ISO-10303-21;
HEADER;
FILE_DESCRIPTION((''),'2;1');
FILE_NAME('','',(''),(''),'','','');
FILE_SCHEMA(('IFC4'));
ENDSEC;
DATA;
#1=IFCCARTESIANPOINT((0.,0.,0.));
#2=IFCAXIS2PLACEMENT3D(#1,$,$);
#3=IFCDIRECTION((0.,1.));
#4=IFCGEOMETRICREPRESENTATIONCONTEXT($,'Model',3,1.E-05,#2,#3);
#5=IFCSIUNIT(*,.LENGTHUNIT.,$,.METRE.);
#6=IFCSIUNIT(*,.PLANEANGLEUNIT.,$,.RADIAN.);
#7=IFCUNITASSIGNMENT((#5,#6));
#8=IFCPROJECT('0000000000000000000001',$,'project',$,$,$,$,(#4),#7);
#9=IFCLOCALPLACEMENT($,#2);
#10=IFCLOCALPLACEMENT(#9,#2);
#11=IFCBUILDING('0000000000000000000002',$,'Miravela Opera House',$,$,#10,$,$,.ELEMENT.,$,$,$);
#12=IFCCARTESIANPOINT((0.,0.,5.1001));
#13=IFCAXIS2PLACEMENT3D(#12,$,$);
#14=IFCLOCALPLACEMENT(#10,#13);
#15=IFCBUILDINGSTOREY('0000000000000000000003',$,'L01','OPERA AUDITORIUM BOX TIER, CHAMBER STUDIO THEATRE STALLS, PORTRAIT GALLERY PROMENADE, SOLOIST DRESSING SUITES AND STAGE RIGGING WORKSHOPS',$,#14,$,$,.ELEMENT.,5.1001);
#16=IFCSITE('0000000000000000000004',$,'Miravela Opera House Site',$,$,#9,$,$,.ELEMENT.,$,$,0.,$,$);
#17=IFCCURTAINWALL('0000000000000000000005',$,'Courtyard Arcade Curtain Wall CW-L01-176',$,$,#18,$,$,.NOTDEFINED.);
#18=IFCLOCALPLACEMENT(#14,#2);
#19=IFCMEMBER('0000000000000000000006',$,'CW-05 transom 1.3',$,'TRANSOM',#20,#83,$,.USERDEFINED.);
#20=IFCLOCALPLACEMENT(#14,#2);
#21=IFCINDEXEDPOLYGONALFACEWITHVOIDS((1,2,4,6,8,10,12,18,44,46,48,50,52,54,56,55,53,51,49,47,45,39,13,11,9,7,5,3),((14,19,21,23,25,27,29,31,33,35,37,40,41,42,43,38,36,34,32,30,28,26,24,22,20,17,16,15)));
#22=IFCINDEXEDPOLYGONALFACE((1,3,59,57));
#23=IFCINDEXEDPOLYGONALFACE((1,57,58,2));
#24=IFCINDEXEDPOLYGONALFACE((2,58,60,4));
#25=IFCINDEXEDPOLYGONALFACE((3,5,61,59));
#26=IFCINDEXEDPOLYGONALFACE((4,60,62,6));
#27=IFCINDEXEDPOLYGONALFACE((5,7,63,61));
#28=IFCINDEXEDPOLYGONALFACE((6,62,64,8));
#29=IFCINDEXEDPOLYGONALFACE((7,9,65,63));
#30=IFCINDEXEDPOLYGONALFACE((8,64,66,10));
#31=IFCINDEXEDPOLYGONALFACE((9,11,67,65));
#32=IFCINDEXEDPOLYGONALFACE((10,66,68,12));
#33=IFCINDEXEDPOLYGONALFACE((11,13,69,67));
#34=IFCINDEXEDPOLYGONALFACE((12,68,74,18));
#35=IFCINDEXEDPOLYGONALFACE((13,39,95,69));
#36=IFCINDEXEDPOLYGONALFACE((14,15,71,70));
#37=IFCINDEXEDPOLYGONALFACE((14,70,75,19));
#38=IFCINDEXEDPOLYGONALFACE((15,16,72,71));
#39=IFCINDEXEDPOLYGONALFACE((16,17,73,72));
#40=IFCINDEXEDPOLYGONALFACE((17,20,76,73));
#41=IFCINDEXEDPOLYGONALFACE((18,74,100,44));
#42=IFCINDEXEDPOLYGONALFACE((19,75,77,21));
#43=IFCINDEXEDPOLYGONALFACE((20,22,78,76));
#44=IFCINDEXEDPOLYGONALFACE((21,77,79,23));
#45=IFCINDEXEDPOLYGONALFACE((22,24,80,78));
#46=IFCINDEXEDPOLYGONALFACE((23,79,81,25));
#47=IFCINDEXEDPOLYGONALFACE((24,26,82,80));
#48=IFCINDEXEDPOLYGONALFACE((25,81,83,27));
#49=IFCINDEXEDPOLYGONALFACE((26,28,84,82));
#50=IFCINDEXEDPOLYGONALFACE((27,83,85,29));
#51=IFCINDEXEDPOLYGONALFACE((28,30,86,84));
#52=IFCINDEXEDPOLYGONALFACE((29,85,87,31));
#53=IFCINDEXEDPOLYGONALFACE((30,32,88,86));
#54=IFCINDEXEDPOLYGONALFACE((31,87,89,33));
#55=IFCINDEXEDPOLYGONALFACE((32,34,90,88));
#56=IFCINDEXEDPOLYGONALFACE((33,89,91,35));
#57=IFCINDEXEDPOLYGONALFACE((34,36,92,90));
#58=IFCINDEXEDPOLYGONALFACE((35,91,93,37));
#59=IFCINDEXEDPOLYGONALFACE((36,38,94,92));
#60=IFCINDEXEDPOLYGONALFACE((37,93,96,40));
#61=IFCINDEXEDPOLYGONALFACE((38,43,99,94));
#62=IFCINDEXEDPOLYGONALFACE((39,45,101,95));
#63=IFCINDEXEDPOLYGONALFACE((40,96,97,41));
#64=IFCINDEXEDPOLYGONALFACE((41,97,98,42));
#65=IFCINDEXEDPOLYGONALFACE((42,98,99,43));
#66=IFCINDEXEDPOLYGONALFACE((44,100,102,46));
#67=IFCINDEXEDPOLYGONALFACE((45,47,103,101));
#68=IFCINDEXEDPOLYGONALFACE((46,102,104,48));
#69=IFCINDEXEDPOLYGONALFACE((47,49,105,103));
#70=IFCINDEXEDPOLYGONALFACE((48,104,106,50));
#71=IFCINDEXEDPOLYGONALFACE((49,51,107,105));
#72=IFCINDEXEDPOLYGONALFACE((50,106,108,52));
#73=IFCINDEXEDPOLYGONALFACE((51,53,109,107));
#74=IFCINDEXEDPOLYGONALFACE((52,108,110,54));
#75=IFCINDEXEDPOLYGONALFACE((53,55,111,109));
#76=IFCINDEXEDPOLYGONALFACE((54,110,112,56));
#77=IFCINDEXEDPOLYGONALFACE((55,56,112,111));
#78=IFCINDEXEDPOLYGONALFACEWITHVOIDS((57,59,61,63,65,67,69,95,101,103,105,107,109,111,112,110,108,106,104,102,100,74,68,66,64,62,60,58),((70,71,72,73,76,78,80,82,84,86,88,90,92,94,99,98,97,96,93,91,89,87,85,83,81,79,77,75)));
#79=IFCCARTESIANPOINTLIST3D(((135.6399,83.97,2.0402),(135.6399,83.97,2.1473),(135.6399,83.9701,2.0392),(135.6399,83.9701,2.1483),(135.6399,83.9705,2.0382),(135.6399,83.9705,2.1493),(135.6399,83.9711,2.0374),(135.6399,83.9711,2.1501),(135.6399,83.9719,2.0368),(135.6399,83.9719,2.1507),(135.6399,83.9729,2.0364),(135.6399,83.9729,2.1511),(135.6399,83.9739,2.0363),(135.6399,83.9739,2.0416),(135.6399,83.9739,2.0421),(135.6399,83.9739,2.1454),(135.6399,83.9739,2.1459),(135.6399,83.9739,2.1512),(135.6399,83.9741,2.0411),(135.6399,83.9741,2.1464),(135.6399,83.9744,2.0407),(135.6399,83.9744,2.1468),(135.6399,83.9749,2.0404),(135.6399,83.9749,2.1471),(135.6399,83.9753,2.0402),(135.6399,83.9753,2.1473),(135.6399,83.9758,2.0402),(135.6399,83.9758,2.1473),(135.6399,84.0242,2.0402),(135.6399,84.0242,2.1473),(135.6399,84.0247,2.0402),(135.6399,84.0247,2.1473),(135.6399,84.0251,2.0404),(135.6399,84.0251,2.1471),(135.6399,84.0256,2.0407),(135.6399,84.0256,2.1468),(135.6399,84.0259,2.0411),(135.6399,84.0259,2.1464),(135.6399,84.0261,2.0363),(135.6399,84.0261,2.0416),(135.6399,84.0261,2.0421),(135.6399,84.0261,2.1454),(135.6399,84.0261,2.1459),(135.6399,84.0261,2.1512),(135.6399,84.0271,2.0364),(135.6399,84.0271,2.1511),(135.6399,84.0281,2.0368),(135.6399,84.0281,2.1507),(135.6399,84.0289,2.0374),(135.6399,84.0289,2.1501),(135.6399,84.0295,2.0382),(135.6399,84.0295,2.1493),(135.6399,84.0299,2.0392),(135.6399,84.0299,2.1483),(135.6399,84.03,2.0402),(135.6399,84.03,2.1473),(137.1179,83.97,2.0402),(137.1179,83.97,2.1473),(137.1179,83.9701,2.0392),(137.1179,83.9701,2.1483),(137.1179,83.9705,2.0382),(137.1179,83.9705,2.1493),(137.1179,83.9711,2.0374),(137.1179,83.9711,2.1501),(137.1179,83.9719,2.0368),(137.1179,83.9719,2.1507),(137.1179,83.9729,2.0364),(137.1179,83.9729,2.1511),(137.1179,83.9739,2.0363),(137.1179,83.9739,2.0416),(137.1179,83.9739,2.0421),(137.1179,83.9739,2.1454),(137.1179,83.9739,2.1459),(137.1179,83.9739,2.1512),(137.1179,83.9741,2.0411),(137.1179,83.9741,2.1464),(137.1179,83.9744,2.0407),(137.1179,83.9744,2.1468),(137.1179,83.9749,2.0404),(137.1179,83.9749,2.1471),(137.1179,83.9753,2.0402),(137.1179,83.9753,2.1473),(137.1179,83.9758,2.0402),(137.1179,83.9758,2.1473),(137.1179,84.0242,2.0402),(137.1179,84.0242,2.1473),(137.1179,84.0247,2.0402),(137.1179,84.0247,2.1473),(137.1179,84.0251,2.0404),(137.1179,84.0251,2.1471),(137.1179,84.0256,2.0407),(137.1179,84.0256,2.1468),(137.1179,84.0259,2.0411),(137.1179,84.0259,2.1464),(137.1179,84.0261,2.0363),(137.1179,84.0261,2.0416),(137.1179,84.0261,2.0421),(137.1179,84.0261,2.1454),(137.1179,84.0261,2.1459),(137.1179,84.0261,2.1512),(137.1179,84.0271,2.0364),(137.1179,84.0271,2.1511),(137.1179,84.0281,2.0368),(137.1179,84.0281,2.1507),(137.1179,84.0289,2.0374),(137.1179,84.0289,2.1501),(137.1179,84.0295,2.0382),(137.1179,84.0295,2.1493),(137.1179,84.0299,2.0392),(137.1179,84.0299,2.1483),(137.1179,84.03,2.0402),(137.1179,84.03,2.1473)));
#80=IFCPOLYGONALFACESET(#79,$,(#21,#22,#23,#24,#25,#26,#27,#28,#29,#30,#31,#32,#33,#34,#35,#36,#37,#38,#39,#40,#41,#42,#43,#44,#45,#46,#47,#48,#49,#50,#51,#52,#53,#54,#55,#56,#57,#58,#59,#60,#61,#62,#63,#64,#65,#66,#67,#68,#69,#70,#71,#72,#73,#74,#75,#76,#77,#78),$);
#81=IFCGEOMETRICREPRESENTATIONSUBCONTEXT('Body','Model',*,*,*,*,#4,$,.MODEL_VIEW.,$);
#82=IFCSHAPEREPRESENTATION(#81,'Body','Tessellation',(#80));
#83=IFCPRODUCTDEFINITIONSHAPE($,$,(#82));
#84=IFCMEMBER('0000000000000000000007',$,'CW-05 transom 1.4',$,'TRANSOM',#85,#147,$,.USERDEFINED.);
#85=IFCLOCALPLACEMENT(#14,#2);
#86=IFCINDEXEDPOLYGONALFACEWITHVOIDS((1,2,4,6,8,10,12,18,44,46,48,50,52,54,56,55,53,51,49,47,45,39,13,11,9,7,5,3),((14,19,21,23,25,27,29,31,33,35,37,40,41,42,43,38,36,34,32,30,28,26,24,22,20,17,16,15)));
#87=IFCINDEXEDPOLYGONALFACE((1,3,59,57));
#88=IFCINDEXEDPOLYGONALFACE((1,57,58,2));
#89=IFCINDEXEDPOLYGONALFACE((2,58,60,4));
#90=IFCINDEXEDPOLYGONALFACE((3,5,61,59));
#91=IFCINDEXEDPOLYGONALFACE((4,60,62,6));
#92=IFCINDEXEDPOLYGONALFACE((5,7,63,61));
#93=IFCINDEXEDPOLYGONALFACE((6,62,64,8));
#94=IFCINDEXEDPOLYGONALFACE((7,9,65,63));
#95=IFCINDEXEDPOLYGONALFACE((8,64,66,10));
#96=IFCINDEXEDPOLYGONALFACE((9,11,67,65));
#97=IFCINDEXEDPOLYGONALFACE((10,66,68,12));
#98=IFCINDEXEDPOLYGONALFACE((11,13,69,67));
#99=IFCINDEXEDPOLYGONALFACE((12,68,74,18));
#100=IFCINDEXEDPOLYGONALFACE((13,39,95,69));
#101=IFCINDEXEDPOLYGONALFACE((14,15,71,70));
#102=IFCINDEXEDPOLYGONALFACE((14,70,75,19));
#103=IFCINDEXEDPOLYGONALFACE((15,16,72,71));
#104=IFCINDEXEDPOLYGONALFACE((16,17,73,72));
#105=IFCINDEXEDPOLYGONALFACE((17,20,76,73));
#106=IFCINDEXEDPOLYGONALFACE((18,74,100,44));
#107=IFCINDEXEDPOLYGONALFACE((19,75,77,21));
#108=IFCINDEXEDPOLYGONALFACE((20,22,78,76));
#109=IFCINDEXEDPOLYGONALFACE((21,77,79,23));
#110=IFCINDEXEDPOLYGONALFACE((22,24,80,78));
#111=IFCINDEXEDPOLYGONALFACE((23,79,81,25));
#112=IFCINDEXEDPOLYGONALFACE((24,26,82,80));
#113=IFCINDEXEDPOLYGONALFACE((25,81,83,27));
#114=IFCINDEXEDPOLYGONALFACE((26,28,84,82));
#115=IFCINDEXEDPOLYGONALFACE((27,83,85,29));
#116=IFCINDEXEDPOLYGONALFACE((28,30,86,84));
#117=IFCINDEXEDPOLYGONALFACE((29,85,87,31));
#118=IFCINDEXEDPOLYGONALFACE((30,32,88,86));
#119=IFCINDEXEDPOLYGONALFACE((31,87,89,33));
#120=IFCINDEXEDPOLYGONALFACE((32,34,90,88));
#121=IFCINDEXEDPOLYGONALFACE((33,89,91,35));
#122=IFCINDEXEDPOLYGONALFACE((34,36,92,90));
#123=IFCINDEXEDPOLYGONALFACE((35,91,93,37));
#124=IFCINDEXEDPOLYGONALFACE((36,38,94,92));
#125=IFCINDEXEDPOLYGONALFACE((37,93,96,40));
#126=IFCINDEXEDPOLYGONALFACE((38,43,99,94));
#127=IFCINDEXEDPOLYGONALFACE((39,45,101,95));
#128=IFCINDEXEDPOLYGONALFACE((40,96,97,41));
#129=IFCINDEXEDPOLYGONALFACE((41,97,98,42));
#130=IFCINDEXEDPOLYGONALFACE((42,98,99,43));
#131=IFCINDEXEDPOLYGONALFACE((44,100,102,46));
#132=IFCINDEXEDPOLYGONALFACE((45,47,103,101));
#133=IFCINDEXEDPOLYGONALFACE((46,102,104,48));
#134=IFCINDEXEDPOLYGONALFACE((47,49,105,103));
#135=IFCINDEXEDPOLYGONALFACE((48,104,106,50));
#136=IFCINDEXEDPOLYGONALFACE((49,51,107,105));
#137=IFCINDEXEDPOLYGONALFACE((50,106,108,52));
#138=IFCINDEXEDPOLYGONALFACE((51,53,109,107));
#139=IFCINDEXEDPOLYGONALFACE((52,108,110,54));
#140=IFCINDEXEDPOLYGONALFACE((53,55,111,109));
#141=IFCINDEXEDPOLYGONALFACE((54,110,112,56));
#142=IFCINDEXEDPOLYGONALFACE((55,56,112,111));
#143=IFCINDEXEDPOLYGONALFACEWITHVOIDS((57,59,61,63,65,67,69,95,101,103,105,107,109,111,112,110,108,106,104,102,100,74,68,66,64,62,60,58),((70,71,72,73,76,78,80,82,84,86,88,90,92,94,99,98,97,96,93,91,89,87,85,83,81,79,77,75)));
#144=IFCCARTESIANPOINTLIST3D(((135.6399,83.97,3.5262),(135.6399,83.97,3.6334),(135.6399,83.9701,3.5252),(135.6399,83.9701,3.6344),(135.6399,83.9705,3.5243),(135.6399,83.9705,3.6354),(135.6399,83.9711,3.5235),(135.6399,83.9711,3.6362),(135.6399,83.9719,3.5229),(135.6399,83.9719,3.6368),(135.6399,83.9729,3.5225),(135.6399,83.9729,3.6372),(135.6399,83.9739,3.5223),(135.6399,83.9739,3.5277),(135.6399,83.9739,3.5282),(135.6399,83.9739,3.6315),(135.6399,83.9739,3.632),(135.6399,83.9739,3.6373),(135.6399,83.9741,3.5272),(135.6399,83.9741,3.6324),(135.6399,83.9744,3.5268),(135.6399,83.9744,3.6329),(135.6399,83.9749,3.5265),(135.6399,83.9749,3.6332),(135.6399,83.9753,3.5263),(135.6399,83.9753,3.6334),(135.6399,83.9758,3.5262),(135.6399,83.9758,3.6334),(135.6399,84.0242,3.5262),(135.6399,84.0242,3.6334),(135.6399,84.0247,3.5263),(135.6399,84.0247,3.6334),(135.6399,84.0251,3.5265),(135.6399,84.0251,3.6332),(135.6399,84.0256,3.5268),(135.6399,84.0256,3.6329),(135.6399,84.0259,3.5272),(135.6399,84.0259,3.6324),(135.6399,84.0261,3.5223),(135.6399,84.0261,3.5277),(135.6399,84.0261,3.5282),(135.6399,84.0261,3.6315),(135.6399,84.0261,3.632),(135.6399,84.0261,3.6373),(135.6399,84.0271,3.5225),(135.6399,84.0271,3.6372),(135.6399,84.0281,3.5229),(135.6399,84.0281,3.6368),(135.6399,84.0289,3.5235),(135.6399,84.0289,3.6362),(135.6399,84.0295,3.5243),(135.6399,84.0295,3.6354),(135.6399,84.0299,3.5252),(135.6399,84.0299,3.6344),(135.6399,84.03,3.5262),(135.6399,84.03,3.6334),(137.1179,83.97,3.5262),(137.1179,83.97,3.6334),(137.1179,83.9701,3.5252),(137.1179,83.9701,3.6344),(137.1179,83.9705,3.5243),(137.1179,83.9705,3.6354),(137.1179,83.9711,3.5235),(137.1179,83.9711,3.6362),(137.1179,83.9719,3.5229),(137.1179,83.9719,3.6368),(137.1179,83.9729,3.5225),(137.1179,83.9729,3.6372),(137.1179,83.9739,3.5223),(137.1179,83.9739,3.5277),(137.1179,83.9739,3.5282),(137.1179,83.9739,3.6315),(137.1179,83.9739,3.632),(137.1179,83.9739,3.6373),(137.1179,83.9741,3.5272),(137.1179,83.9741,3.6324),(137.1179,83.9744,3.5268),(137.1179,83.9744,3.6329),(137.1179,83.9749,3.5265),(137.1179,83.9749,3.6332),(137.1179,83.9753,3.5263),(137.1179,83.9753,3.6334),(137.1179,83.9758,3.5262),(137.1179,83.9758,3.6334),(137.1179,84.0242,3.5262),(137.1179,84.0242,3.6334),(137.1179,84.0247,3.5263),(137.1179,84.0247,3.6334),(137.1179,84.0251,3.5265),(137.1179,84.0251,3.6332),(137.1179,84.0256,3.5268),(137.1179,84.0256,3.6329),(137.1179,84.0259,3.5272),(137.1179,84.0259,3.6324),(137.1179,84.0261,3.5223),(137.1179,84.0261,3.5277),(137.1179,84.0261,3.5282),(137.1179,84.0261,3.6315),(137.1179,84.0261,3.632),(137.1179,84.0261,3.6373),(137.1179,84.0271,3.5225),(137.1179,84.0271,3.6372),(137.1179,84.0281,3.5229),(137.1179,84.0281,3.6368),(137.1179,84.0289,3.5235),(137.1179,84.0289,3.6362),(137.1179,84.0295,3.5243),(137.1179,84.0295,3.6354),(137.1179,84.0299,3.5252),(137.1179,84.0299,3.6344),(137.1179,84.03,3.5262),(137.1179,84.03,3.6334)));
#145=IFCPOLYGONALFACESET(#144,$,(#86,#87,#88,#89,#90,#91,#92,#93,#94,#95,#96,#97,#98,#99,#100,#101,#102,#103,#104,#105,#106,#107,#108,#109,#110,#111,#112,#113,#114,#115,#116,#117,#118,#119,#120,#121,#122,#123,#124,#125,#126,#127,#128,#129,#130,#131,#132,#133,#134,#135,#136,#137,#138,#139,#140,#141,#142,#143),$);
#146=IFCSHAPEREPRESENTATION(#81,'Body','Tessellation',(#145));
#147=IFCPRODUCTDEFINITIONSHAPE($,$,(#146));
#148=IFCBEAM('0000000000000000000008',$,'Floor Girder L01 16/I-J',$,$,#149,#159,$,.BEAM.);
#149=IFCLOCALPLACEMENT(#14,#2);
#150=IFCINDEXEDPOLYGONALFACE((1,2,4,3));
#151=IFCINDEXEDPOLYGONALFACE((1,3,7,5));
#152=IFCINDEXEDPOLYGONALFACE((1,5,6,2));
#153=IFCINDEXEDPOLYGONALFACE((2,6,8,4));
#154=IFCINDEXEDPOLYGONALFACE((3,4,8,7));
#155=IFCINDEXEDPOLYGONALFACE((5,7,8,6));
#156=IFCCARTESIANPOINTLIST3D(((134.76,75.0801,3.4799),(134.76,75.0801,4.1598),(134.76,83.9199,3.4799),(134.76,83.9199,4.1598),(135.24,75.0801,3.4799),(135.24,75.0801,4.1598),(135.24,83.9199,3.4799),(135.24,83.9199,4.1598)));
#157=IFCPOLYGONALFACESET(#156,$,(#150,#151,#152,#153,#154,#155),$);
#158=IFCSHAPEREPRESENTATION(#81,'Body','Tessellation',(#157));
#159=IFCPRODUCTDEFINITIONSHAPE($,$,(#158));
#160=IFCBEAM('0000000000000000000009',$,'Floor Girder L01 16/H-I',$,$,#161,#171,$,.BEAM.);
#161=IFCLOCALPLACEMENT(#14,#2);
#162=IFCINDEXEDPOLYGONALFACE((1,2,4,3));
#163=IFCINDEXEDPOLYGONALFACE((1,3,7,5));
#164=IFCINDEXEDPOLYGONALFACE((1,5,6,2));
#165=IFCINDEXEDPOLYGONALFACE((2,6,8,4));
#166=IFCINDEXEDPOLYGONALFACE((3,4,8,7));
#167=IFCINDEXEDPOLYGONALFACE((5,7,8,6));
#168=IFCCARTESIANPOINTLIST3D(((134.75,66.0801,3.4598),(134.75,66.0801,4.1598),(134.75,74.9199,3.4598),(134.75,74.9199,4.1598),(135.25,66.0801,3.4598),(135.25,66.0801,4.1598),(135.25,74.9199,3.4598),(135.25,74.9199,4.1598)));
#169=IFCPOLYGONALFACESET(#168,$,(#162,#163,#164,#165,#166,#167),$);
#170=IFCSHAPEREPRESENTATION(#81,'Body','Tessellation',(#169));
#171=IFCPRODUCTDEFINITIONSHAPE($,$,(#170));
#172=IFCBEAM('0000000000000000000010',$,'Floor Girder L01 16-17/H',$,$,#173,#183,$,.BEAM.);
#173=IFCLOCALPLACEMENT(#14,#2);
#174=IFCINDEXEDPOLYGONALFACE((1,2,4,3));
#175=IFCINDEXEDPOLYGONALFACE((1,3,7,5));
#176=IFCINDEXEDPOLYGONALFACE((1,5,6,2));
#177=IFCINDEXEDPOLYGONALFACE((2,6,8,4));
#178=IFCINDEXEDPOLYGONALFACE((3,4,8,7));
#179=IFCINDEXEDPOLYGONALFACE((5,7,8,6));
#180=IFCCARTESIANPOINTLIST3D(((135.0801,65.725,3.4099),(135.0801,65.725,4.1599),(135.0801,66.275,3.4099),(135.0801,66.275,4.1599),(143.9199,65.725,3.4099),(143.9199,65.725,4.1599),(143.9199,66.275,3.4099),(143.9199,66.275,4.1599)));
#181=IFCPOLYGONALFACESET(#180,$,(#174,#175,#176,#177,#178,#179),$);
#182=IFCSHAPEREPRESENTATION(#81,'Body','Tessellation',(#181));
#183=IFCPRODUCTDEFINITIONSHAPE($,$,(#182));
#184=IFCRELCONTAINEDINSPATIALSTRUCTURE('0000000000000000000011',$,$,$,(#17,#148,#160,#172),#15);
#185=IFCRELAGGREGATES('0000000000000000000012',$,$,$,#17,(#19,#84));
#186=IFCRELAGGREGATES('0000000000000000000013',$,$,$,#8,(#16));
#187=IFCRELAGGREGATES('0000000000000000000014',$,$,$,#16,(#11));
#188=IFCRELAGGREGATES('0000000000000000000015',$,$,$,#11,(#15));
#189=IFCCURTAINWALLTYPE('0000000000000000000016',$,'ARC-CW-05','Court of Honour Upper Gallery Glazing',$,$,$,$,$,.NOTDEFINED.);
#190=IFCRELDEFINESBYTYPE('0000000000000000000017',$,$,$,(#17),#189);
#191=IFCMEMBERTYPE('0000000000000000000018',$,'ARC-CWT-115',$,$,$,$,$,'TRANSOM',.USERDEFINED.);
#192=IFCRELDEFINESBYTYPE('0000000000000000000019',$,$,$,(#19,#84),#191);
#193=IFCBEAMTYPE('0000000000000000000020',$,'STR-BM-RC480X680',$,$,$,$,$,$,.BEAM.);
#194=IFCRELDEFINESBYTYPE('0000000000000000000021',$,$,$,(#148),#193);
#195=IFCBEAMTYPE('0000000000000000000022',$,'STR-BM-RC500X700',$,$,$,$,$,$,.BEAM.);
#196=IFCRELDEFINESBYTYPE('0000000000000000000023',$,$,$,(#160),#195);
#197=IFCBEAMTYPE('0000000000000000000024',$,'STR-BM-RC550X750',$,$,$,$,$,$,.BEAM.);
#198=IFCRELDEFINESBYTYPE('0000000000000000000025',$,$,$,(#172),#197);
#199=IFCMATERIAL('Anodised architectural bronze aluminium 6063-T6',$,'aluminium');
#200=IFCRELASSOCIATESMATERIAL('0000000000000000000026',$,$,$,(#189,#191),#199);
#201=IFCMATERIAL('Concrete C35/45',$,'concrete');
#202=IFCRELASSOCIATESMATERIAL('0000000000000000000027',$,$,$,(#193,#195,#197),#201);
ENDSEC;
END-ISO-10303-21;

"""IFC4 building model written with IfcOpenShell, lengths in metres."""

from ifc_helpers import new_model, si_unit, direction, frame, origin, origin_2d, place, context, subcontext, project, spatial, rectangle, hollow_rectangle, extrude, material, material_profile, profile_set, type_object, element, aggregate, save


model = new_model("IFC4")

# Units and contexts
model_context = context("Model", 3, precision=1e-05, world=origin(), true_north=direction((0.0, 1.0)))
body_context = subcontext(model_context, "Body", "Model", "MODEL_VIEW")
ifc_project = project(units=[si_unit("LENGTHUNIT", "METRE"), si_unit("PLANEANGLEUNIT", "RADIAN")], contexts=[model_context])

# Site, building, storey
site_placement = place(None, origin())
site = spatial("IfcSite", under=ifc_project, at=site_placement, Name="Miravela Opera House Site", CompositionType="ELEMENT", RefElevation=0.0)
building_placement = place(site_placement, origin())
building = spatial("IfcBuilding", under=site, at=building_placement, Name="Miravela Opera House", CompositionType="ELEMENT")
storey_placement = place(building_placement, frame((0.0, 0.0, 5.1001)))
storey = spatial("IfcBuildingStorey", under=building, at=storey_placement, Name="L01", Description="OPERA AUDITORIUM BOX TIER, CHAMBER STUDIO THEATRE STALLS, PORTRAIT GALLERY PROMENADE, SOLOIST DRESSING SUITES AND STAGE RIGGING WORKSHOPS", CompositionType="ELEMENT", Elevation=5.1001)

# Shared definitions
ifc_material_1 = material(Name="Concrete C35/45", Category="concrete")

# Shared definitions
ifc_material_2 = material(Name="Anodised architectural bronze aluminium 6063-T6", Category="aluminium")
curtain_wall_type = type_object("IfcCurtainWallType", Name="ARC-CW-05", Description="Court of Honour Upper Gallery Glazing", PredefinedType="NOTDEFINED", material=ifc_material_2)

# Curtain wall, members
curtain_wall_1_placement = place(storey_placement, origin())
curtain_wall_1 = element("IfcCurtainWall", 1, at=curtain_wall_1_placement, inside=storey, type_object=curtain_wall_type, Name="Courtyard Arcade Curtain Wall CW-L01-176", PredefinedType="NOTDEFINED")
ifc_material_profile_1 = material_profile(ifc_material_2, hollow_rectangle(XDim=0.0601, YDim=0.115, WallThickness=0.0039, InnerFilletRadius=0.002, OuterFilletRadius=0.0039, at=origin_2d()), Name="CWT-60X115")
ifc_profile_set_1 = profile_set([ifc_material_profile_1])
member_type_1 = type_object("IfcMemberType", Name="ARC-CWT-115", ElementType="TRANSOM", PredefinedType="USERDEFINED", material=ifc_profile_set_1)
member_1_placement = place(storey_placement, frame((135.6399, 84.0, 2.0938), z_axis=(1.0, 0.0, 0.0), x_axis=(0.0, 1.0, 0.0)))
member_1 = element("IfcMember", 2, at=member_1_placement, type_object=member_type_1, Name="CW-05 transom 1.3", ObjectType="TRANSOM", PredefinedType="USERDEFINED", context=body_context, shape_type="SweptSolid", body=[
    extrude(hollow_rectangle(XDim=0.0601, YDim=0.115, WallThickness=0.0039, InnerFilletRadius=0.002, OuterFilletRadius=0.0039, at=origin_2d()), origin(), (0.0, 0.0, 1.0), 1.478),
])
member_2_placement = place(storey_placement, frame((135.6399, 84.0, 3.5798), z_axis=(1.0, 0.0, 0.0), x_axis=(0.0, 1.0, 0.0)))
member_2 = element("IfcMember", 3, at=member_2_placement, type_object=member_type_1, Name="CW-05 transom 1.4", ObjectType="TRANSOM", PredefinedType="USERDEFINED", context=body_context, shape_type="SweptSolid", body=[
    extrude(hollow_rectangle(XDim=0.0601, YDim=0.115, WallThickness=0.0039, InnerFilletRadius=0.002, OuterFilletRadius=0.0039, at=origin_2d()), origin(), (0.0, 0.0, 1.0), 1.478),
])

# Beams
ifc_material_profile_2 = material_profile(ifc_material_1, rectangle(XDim=0.48, YDim=0.6799, at=origin_2d()), Name="RC-BM-480X680")
ifc_profile_set_2 = profile_set([ifc_material_profile_2])
beam_type_1 = type_object("IfcBeamType", Name="STR-BM-RC480X680", PredefinedType="BEAM", material=ifc_profile_set_2)
beam_1_placement = place(storey_placement, frame((135.0, 75.0801, 3.8198), z_axis=(0.0, 1.0, 0.0), x_axis=(-1.0, 0.0, 0.0)))
element("IfcBeam", 4, at=beam_1_placement, inside=storey, type_object=beam_type_1, Name="Floor Girder L01 16/I-J", PredefinedType="BEAM", context=body_context, shape_type="SweptSolid", body=[
    extrude(rectangle(XDim=0.48, YDim=0.6799, at=origin_2d()), origin(), (0.0, 0.0, 1.0), 8.8398),
])
ifc_material_profile_3 = material_profile(ifc_material_1, rectangle(XDim=0.5, YDim=0.7, at=origin_2d()), Name="RC-BM-500X700")
ifc_profile_set_3 = profile_set([ifc_material_profile_3])
beam_type_2 = type_object("IfcBeamType", Name="STR-BM-RC500X700", PredefinedType="BEAM", material=ifc_profile_set_3)
beam_2_placement = place(storey_placement, frame((135.0, 66.0801, 3.8098), z_axis=(0.0, 1.0, 0.0), x_axis=(-1.0, 0.0, 0.0)))
element("IfcBeam", 5, at=beam_2_placement, inside=storey, type_object=beam_type_2, Name="Floor Girder L01 16/H-I", PredefinedType="BEAM", context=body_context, shape_type="SweptSolid", body=[
    extrude(rectangle(XDim=0.5, YDim=0.7, at=origin_2d()), origin(), (0.0, 0.0, 1.0), 8.8398),
])
ifc_material_profile_4 = material_profile(ifc_material_1, rectangle(XDim=0.55, YDim=0.75, at=origin_2d()), Name="RC-BM-550X750")
ifc_profile_set_4 = profile_set([ifc_material_profile_4])
beam_type_3 = type_object("IfcBeamType", Name="STR-BM-RC550X750", PredefinedType="BEAM", material=ifc_profile_set_4)
beam_3_placement = place(storey_placement, frame((135.0801, 66.0, 3.7849), z_axis=(1.0, 0.0, 0.0), x_axis=(0.0, 1.0, 0.0)))
element("IfcBeam", 6, at=beam_3_placement, inside=storey, type_object=beam_type_3, Name="Floor Girder L01 16-17/H", PredefinedType="BEAM", context=body_context, shape_type="SweptSolid", body=[
    extrude(rectangle(XDim=0.55, YDim=0.75, at=origin_2d()), origin(), (0.0, 0.0, 1.0), 8.8398),
])

aggregate(curtain_wall_1, [member_1, member_2])

save(model, "model.ifc")
